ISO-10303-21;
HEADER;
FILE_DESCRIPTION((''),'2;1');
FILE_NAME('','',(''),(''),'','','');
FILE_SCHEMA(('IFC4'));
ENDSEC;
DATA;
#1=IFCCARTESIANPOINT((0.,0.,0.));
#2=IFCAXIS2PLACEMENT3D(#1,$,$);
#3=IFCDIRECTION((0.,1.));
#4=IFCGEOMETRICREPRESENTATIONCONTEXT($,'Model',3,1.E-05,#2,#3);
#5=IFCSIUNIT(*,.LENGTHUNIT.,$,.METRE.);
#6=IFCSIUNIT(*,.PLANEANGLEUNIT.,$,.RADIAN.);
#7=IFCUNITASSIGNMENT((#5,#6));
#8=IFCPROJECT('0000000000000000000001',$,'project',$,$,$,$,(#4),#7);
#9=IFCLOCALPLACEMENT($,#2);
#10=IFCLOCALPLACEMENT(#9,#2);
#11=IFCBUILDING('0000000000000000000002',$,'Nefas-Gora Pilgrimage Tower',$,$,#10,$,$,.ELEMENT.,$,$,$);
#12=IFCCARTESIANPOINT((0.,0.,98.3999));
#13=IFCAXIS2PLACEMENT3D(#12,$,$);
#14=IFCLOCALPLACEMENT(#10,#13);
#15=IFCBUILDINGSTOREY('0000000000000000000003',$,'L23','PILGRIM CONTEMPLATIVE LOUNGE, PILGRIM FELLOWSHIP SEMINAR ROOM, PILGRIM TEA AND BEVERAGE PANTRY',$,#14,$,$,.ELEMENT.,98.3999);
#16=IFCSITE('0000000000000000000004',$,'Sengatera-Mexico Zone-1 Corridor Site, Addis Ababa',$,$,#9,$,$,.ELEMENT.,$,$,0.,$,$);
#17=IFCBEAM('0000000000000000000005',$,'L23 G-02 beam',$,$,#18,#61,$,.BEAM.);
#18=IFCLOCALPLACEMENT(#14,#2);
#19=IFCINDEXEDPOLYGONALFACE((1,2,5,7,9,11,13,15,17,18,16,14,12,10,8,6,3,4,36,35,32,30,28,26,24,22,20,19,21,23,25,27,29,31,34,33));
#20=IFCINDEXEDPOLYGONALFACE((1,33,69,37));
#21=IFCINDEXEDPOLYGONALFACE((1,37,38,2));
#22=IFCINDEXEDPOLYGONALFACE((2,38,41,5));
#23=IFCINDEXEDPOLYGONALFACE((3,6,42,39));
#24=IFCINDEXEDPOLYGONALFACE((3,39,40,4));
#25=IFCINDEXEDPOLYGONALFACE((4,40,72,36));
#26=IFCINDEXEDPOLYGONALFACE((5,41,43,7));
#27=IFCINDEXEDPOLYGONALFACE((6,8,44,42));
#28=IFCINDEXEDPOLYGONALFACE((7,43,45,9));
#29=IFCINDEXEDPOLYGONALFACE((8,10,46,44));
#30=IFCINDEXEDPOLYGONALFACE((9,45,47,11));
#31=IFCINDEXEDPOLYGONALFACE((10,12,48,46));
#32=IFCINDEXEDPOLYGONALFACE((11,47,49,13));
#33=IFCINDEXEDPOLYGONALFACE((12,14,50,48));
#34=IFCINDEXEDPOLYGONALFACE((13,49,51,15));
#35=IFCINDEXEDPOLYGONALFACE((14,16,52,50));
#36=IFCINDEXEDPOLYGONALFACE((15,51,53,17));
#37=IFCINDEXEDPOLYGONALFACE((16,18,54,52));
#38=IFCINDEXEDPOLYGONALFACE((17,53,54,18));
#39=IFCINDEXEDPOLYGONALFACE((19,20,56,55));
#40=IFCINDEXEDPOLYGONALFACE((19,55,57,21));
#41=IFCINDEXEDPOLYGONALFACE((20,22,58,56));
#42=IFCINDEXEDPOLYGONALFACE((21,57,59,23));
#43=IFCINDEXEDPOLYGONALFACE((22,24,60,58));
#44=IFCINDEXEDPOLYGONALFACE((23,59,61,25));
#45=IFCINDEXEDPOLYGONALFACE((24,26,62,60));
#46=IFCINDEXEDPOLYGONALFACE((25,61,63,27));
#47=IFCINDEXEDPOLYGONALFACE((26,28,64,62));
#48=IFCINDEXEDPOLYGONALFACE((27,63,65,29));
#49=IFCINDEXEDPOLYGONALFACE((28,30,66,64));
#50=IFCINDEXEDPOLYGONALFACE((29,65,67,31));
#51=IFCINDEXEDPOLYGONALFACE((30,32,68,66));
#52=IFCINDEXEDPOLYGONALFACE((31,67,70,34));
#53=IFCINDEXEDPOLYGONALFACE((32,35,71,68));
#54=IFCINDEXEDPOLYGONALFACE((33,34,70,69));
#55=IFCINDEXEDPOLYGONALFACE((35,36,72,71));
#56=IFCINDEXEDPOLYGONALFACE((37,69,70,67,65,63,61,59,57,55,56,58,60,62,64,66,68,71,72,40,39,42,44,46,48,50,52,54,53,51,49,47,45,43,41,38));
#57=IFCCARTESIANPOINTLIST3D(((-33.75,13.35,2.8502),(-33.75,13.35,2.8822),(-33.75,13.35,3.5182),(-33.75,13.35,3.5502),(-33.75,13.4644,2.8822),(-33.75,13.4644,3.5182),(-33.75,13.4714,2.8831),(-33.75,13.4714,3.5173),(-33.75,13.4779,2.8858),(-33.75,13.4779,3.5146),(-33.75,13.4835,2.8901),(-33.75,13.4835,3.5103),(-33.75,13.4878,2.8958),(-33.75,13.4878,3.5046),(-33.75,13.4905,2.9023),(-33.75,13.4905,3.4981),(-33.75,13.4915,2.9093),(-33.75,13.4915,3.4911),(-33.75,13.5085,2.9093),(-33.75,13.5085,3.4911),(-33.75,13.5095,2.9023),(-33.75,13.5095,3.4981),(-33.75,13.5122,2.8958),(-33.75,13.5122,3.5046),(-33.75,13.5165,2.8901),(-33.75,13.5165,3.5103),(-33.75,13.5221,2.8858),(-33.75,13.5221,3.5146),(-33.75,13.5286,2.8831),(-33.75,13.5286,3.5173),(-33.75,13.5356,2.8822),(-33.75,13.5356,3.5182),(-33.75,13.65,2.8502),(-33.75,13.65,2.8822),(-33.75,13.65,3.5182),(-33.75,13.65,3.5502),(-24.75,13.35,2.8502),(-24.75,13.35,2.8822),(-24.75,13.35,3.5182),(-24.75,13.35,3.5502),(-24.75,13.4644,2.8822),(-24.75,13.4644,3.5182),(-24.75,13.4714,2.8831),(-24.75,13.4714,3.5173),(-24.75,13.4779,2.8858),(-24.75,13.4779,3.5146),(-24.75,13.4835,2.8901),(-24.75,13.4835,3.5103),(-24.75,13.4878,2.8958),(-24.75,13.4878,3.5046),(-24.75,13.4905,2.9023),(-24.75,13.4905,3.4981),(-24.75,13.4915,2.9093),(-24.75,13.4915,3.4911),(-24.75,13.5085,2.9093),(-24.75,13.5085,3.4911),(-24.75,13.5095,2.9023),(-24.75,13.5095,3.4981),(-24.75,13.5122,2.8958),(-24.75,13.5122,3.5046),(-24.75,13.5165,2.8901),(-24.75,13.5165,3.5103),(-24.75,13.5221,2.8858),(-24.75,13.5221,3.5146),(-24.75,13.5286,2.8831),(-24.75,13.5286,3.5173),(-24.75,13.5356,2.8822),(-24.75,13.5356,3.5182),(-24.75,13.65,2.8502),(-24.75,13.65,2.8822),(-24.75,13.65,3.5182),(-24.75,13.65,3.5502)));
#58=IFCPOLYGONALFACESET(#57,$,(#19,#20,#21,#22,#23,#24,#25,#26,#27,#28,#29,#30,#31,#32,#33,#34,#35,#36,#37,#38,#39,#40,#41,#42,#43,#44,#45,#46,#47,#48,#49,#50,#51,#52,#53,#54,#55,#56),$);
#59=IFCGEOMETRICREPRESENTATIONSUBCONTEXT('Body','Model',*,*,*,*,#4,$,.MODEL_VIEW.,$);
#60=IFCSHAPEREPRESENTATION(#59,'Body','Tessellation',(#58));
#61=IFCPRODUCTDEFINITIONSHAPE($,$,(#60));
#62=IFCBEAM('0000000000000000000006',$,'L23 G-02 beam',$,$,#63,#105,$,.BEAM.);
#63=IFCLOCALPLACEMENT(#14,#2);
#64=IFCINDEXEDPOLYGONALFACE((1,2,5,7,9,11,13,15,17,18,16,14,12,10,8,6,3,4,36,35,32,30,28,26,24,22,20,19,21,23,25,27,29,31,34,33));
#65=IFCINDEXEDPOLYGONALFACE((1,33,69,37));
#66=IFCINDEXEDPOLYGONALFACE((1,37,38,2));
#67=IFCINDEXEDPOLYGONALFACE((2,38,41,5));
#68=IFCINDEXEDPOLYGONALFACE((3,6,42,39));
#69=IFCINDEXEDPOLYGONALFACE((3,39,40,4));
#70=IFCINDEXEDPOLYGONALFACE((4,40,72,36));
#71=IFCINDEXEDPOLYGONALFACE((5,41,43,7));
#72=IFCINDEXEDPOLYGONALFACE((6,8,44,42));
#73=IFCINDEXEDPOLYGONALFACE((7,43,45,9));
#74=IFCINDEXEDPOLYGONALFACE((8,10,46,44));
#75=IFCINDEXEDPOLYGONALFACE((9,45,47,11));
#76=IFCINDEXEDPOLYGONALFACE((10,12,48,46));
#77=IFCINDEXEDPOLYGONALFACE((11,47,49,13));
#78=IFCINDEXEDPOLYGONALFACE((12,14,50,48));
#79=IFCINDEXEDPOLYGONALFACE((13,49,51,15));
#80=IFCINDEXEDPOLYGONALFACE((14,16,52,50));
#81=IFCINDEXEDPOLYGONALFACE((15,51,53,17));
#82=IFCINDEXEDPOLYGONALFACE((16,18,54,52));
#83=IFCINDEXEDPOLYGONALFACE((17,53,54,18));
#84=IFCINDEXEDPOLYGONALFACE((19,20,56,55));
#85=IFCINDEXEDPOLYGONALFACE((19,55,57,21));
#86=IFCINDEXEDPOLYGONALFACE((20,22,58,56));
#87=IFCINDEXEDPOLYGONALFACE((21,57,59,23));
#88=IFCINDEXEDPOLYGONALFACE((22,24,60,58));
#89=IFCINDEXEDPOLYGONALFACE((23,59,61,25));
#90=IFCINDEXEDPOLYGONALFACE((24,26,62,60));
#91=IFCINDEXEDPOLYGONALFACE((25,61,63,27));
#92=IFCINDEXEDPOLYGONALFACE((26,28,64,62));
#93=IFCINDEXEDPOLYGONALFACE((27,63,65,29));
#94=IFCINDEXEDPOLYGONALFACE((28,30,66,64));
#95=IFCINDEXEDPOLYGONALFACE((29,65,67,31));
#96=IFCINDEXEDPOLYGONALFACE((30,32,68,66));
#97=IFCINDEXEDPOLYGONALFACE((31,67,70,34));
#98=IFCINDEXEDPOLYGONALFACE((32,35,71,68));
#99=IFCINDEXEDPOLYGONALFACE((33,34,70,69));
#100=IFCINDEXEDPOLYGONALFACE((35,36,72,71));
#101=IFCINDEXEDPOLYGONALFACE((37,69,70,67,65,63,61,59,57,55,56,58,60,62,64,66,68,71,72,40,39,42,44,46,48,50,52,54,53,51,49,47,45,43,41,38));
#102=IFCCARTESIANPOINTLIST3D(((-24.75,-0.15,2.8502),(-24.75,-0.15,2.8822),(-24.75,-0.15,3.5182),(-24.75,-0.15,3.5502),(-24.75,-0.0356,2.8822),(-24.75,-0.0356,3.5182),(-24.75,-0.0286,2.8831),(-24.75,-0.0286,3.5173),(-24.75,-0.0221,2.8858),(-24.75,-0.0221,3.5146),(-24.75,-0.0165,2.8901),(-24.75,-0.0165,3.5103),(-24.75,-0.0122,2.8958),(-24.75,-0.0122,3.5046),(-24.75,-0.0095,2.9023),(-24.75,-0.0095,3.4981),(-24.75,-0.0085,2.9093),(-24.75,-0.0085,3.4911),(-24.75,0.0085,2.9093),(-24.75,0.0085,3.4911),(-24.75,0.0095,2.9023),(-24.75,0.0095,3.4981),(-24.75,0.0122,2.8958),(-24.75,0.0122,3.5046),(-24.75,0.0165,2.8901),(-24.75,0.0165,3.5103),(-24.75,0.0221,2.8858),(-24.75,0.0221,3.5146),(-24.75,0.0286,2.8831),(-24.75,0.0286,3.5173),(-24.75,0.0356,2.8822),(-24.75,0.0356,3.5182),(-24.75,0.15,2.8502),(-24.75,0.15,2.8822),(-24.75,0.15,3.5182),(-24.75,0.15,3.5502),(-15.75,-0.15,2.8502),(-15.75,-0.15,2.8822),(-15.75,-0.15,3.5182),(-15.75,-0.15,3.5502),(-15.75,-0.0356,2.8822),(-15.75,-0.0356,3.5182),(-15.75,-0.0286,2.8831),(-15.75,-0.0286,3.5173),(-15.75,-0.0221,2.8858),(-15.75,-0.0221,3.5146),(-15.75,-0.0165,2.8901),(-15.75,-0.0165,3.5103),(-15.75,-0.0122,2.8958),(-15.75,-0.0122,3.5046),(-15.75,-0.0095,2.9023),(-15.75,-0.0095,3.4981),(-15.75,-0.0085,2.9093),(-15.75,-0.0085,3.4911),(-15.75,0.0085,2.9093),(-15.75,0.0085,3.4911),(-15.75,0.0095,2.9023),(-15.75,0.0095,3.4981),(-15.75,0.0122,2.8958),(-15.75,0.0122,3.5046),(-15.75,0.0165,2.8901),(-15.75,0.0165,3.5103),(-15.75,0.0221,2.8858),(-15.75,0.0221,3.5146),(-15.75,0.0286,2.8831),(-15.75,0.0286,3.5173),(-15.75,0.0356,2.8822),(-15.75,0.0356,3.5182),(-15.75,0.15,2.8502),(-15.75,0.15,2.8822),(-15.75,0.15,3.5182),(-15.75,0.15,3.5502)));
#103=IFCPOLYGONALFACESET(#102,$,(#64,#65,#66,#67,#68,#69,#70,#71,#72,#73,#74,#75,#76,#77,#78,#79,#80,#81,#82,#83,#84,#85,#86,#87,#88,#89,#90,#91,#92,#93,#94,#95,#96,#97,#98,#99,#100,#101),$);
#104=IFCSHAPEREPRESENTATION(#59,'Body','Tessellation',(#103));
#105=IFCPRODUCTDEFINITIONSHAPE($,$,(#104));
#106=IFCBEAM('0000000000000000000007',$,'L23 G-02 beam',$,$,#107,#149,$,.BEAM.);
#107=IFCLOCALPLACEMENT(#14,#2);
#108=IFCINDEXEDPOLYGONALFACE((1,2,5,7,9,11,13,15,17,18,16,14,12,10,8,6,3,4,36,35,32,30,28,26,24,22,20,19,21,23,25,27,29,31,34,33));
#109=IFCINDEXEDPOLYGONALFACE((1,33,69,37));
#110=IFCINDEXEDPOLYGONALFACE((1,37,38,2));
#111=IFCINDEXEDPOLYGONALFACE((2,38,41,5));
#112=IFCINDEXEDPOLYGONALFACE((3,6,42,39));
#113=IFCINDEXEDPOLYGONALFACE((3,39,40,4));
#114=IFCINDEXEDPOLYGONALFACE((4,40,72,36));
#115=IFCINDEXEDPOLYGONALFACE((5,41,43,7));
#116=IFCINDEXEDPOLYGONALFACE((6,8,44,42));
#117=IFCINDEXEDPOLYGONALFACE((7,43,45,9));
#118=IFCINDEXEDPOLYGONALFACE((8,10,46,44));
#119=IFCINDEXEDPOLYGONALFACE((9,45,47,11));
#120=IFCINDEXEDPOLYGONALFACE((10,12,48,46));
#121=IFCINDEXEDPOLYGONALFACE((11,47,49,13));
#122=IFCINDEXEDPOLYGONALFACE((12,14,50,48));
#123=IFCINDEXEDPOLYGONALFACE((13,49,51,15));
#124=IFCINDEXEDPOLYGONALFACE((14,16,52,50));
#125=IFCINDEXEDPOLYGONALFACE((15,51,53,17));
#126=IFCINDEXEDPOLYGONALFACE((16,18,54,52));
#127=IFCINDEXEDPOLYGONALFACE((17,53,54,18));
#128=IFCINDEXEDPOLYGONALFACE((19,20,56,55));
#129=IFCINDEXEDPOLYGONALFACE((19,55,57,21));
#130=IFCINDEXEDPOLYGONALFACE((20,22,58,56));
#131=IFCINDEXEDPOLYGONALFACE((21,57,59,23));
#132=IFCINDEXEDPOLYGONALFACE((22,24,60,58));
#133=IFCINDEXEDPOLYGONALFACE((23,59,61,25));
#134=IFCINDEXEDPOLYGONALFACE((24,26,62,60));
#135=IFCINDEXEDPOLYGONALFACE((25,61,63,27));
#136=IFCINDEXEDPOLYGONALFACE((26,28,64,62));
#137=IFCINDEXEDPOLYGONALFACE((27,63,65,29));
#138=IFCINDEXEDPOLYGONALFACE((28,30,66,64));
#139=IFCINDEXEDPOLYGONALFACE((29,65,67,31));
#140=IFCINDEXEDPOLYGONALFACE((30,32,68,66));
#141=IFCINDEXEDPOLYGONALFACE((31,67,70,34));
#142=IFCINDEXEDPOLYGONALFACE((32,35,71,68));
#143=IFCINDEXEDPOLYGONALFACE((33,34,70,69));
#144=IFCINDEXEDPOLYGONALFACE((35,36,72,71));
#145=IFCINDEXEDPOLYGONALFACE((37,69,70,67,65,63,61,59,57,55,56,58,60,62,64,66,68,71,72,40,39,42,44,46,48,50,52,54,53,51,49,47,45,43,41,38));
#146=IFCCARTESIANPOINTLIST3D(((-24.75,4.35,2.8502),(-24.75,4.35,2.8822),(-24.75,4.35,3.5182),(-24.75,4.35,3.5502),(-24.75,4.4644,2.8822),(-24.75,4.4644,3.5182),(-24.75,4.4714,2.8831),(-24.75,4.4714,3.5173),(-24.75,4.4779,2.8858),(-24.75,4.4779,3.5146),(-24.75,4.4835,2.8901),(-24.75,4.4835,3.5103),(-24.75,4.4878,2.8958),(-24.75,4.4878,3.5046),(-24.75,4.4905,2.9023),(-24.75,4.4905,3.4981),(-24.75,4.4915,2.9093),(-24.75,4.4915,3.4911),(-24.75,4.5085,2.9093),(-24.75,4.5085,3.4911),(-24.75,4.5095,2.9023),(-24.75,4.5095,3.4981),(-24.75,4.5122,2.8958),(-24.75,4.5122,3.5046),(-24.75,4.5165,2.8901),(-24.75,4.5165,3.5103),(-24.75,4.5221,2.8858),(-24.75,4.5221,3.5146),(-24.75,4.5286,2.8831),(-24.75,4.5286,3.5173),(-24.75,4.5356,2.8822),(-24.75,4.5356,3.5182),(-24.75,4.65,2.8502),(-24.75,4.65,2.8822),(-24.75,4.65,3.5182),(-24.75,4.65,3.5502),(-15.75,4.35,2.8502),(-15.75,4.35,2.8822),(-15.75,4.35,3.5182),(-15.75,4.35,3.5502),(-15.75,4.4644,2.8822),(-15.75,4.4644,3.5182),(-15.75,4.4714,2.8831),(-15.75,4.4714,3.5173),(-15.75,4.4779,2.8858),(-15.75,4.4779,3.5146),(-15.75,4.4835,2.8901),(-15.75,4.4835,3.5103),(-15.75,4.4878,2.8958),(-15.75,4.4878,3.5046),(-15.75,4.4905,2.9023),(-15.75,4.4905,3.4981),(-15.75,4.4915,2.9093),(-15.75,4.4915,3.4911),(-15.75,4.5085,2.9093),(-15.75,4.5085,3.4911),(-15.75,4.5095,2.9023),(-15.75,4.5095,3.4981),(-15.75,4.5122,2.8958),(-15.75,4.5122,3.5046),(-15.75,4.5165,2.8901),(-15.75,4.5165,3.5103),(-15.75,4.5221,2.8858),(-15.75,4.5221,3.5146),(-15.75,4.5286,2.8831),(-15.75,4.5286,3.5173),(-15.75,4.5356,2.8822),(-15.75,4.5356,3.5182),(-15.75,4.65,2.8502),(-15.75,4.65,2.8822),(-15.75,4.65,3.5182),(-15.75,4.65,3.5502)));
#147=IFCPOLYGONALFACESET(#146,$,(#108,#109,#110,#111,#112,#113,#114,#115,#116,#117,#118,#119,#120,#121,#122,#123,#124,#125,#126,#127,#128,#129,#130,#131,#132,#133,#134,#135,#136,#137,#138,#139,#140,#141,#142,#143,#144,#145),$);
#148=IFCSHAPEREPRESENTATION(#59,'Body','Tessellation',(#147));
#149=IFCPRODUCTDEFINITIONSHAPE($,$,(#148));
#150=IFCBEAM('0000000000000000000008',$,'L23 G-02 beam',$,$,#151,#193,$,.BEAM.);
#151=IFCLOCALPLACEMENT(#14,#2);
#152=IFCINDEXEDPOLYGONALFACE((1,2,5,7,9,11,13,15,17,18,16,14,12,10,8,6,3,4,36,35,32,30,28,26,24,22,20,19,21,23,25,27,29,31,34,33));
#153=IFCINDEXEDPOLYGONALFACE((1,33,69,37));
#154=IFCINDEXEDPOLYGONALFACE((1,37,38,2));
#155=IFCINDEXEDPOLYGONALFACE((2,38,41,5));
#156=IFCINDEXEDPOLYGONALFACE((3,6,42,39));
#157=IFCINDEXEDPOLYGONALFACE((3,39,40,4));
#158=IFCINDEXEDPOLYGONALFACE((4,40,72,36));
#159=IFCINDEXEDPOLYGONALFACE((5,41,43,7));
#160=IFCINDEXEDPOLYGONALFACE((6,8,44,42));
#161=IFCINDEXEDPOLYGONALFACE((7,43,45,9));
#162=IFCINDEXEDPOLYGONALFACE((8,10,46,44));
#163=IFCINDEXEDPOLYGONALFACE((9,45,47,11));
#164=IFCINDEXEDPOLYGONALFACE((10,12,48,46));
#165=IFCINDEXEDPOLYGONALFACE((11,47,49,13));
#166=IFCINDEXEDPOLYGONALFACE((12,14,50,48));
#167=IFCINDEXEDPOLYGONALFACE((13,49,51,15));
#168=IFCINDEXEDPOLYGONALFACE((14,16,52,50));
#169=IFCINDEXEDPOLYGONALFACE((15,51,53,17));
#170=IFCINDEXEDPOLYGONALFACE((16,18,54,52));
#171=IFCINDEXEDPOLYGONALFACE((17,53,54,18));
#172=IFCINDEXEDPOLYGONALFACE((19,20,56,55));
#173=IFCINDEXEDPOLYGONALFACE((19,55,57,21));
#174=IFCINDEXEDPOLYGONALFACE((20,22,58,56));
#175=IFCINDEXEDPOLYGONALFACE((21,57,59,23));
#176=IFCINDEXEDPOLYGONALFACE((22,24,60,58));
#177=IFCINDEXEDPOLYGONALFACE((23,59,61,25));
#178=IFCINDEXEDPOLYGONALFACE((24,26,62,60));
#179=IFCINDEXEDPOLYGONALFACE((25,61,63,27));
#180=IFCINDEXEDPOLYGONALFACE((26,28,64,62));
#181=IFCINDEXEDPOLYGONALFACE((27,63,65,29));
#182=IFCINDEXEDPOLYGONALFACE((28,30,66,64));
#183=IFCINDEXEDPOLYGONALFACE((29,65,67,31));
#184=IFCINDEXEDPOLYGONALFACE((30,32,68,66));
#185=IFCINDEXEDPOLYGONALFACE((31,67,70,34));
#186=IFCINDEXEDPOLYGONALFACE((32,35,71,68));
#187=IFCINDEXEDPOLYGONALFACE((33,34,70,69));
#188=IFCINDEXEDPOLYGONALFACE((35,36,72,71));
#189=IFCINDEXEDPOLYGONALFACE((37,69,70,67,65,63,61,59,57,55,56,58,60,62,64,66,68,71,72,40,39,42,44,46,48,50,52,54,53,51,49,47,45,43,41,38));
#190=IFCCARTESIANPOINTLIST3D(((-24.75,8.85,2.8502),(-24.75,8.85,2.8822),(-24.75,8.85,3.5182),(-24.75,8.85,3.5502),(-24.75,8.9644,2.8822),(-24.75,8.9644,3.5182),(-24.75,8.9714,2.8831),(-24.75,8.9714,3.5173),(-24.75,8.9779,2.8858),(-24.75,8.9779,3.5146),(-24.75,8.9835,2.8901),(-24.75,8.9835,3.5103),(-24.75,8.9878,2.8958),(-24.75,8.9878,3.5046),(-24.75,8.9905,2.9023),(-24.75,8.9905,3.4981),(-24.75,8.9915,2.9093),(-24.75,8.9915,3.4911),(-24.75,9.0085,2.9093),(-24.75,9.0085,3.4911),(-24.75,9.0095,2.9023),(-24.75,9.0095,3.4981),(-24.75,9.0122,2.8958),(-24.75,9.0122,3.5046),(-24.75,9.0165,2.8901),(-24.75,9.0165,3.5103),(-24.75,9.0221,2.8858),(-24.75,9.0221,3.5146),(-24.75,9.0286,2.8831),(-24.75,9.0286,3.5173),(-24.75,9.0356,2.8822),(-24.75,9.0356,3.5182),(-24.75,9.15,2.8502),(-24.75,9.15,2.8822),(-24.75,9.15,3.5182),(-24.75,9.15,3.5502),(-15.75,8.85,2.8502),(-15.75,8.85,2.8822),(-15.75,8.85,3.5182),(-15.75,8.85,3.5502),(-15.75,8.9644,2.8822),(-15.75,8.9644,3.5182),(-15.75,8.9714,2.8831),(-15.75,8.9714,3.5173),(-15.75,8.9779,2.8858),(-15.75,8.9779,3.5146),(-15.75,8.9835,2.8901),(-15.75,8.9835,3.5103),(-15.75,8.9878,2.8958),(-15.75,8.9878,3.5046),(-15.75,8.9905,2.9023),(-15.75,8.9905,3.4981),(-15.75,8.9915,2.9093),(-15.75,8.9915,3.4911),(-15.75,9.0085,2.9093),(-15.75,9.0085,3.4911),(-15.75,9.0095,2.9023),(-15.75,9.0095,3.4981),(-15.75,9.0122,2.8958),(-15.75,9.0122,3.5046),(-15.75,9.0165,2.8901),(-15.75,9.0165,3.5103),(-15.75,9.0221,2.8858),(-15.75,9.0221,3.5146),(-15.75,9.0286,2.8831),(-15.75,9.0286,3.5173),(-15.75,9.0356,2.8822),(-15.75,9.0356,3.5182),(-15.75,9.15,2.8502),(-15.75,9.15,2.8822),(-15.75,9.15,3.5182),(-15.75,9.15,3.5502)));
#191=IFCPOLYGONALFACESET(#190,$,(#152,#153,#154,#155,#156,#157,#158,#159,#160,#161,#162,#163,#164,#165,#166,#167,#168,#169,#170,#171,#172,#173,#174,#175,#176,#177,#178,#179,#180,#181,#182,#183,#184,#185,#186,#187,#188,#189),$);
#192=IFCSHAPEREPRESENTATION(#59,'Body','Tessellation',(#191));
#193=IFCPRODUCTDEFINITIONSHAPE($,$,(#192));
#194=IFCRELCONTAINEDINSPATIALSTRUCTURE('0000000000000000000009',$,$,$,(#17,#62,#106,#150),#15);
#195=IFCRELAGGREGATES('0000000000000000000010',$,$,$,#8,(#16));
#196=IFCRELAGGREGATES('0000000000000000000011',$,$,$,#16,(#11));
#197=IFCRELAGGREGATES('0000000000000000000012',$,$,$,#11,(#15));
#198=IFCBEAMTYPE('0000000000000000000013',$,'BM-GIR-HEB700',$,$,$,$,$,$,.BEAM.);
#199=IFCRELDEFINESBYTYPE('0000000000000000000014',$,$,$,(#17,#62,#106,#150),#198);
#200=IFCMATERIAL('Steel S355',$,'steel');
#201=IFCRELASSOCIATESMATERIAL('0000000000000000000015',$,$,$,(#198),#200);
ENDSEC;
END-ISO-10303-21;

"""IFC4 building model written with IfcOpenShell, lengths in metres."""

from ifc_helpers import new_model, si_unit, direction, frame, origin, origin_2d, place, context, subcontext, project, spatial, i_section, extrude, source, transform, mapped, material, material_profile, profile_set, type_object, element, save


model = new_model("IFC4")

# Units and contexts
model_context = context("Model", 3, precision=1e-05, world=origin(), true_north=direction((0.0, 1.0)))
body_context = subcontext(model_context, "Body", "Model", "MODEL_VIEW")
ifc_project = project(units=[si_unit("LENGTHUNIT", "METRE"), si_unit("PLANEANGLEUNIT", "RADIAN")], contexts=[model_context])

# Site, building, storey
site_placement = place(None, origin())
site = spatial("IfcSite", under=ifc_project, at=site_placement, Name="Sengatera-Mexico Zone-1 Corridor Site, Addis Ababa", CompositionType="ELEMENT", RefElevation=0.0)
building_placement = place(site_placement, origin())
building = spatial("IfcBuilding", under=site, at=building_placement, Name="Nefas-Gora Pilgrimage Tower", CompositionType="ELEMENT")
storey_placement = place(building_placement, frame((0.0, 0.0, 98.3999)))
storey = spatial("IfcBuildingStorey", under=building, at=storey_placement, Name="L23", Description="PILGRIM CONTEMPLATIVE LOUNGE, PILGRIM FELLOWSHIP SEMINAR ROOM, PILGRIM TEA AND BEVERAGE PANTRY", CompositionType="ELEMENT", Elevation=98.3999)

# Beams
ifc_material_1 = material(Name="Steel S355", Category="steel")
ifc_material_profile_1 = material_profile(ifc_material_1, i_section(OverallWidth=0.3, OverallDepth=0.7, WebThickness=0.0171, FlangeThickness=0.032, FilletRadius=0.0271, at=origin_2d()), Name="HEB 700")
ifc_profile_set_1 = profile_set([ifc_material_profile_1], Name="Steel S355")
beam_type_1 = type_object("IfcBeamType", Name="BM-GIR-HEB700", PredefinedType="BEAM", material=ifc_profile_set_1)
shared_shape_1 = source(origin(), body_context, "Body", "SweptSolid", [
    extrude(i_section(OverallWidth=0.3, OverallDepth=0.7, WebThickness=0.0171, FlangeThickness=0.032, FilletRadius=0.0271, at=origin_2d()), origin(), (0.0, 0.0, 1.0), 9.0),
])
for number, where, z_axis, x_axis, name in (
    (1, (-33.75, 13.5, 3.2002), (1.0, 0.0, 0.0), (0.0, 1.0, 0.0), "L23 G-02 beam"),
    (2, (-24.75, 0.0, 3.2002), (1.0, 0.0, 0.0), (0.0, 1.0, 0.0), "L23 G-02 beam"),
    (3, (-24.75, 4.5, 3.2002), (1.0, 0.0, 0.0), (0.0, 1.0, 0.0), "L23 G-02 beam"),
    (4, (-24.75, 9.0, 3.2002), (1.0, 0.0, 0.0), (0.0, 1.0, 0.0), "L23 G-02 beam"),
):
    element("IfcBeam", number, at=place(storey_placement, frame(where, z_axis=z_axis, x_axis=x_axis)), inside=storey, type_object=beam_type_1, Name=name, PredefinedType="BEAM", context=body_context, shape_type="MappedRepresentation", body=[
        mapped(shared_shape_1, transform((0.0, 0.0, 0.0), x_axis=(1.0, 0.0, 0.0), y_axis=(0.0, 1.0, 0.0), z_axis=(0.0, 0.0, 1.0), scale=1.0)),
    ])

save(model, "model.ifc")
